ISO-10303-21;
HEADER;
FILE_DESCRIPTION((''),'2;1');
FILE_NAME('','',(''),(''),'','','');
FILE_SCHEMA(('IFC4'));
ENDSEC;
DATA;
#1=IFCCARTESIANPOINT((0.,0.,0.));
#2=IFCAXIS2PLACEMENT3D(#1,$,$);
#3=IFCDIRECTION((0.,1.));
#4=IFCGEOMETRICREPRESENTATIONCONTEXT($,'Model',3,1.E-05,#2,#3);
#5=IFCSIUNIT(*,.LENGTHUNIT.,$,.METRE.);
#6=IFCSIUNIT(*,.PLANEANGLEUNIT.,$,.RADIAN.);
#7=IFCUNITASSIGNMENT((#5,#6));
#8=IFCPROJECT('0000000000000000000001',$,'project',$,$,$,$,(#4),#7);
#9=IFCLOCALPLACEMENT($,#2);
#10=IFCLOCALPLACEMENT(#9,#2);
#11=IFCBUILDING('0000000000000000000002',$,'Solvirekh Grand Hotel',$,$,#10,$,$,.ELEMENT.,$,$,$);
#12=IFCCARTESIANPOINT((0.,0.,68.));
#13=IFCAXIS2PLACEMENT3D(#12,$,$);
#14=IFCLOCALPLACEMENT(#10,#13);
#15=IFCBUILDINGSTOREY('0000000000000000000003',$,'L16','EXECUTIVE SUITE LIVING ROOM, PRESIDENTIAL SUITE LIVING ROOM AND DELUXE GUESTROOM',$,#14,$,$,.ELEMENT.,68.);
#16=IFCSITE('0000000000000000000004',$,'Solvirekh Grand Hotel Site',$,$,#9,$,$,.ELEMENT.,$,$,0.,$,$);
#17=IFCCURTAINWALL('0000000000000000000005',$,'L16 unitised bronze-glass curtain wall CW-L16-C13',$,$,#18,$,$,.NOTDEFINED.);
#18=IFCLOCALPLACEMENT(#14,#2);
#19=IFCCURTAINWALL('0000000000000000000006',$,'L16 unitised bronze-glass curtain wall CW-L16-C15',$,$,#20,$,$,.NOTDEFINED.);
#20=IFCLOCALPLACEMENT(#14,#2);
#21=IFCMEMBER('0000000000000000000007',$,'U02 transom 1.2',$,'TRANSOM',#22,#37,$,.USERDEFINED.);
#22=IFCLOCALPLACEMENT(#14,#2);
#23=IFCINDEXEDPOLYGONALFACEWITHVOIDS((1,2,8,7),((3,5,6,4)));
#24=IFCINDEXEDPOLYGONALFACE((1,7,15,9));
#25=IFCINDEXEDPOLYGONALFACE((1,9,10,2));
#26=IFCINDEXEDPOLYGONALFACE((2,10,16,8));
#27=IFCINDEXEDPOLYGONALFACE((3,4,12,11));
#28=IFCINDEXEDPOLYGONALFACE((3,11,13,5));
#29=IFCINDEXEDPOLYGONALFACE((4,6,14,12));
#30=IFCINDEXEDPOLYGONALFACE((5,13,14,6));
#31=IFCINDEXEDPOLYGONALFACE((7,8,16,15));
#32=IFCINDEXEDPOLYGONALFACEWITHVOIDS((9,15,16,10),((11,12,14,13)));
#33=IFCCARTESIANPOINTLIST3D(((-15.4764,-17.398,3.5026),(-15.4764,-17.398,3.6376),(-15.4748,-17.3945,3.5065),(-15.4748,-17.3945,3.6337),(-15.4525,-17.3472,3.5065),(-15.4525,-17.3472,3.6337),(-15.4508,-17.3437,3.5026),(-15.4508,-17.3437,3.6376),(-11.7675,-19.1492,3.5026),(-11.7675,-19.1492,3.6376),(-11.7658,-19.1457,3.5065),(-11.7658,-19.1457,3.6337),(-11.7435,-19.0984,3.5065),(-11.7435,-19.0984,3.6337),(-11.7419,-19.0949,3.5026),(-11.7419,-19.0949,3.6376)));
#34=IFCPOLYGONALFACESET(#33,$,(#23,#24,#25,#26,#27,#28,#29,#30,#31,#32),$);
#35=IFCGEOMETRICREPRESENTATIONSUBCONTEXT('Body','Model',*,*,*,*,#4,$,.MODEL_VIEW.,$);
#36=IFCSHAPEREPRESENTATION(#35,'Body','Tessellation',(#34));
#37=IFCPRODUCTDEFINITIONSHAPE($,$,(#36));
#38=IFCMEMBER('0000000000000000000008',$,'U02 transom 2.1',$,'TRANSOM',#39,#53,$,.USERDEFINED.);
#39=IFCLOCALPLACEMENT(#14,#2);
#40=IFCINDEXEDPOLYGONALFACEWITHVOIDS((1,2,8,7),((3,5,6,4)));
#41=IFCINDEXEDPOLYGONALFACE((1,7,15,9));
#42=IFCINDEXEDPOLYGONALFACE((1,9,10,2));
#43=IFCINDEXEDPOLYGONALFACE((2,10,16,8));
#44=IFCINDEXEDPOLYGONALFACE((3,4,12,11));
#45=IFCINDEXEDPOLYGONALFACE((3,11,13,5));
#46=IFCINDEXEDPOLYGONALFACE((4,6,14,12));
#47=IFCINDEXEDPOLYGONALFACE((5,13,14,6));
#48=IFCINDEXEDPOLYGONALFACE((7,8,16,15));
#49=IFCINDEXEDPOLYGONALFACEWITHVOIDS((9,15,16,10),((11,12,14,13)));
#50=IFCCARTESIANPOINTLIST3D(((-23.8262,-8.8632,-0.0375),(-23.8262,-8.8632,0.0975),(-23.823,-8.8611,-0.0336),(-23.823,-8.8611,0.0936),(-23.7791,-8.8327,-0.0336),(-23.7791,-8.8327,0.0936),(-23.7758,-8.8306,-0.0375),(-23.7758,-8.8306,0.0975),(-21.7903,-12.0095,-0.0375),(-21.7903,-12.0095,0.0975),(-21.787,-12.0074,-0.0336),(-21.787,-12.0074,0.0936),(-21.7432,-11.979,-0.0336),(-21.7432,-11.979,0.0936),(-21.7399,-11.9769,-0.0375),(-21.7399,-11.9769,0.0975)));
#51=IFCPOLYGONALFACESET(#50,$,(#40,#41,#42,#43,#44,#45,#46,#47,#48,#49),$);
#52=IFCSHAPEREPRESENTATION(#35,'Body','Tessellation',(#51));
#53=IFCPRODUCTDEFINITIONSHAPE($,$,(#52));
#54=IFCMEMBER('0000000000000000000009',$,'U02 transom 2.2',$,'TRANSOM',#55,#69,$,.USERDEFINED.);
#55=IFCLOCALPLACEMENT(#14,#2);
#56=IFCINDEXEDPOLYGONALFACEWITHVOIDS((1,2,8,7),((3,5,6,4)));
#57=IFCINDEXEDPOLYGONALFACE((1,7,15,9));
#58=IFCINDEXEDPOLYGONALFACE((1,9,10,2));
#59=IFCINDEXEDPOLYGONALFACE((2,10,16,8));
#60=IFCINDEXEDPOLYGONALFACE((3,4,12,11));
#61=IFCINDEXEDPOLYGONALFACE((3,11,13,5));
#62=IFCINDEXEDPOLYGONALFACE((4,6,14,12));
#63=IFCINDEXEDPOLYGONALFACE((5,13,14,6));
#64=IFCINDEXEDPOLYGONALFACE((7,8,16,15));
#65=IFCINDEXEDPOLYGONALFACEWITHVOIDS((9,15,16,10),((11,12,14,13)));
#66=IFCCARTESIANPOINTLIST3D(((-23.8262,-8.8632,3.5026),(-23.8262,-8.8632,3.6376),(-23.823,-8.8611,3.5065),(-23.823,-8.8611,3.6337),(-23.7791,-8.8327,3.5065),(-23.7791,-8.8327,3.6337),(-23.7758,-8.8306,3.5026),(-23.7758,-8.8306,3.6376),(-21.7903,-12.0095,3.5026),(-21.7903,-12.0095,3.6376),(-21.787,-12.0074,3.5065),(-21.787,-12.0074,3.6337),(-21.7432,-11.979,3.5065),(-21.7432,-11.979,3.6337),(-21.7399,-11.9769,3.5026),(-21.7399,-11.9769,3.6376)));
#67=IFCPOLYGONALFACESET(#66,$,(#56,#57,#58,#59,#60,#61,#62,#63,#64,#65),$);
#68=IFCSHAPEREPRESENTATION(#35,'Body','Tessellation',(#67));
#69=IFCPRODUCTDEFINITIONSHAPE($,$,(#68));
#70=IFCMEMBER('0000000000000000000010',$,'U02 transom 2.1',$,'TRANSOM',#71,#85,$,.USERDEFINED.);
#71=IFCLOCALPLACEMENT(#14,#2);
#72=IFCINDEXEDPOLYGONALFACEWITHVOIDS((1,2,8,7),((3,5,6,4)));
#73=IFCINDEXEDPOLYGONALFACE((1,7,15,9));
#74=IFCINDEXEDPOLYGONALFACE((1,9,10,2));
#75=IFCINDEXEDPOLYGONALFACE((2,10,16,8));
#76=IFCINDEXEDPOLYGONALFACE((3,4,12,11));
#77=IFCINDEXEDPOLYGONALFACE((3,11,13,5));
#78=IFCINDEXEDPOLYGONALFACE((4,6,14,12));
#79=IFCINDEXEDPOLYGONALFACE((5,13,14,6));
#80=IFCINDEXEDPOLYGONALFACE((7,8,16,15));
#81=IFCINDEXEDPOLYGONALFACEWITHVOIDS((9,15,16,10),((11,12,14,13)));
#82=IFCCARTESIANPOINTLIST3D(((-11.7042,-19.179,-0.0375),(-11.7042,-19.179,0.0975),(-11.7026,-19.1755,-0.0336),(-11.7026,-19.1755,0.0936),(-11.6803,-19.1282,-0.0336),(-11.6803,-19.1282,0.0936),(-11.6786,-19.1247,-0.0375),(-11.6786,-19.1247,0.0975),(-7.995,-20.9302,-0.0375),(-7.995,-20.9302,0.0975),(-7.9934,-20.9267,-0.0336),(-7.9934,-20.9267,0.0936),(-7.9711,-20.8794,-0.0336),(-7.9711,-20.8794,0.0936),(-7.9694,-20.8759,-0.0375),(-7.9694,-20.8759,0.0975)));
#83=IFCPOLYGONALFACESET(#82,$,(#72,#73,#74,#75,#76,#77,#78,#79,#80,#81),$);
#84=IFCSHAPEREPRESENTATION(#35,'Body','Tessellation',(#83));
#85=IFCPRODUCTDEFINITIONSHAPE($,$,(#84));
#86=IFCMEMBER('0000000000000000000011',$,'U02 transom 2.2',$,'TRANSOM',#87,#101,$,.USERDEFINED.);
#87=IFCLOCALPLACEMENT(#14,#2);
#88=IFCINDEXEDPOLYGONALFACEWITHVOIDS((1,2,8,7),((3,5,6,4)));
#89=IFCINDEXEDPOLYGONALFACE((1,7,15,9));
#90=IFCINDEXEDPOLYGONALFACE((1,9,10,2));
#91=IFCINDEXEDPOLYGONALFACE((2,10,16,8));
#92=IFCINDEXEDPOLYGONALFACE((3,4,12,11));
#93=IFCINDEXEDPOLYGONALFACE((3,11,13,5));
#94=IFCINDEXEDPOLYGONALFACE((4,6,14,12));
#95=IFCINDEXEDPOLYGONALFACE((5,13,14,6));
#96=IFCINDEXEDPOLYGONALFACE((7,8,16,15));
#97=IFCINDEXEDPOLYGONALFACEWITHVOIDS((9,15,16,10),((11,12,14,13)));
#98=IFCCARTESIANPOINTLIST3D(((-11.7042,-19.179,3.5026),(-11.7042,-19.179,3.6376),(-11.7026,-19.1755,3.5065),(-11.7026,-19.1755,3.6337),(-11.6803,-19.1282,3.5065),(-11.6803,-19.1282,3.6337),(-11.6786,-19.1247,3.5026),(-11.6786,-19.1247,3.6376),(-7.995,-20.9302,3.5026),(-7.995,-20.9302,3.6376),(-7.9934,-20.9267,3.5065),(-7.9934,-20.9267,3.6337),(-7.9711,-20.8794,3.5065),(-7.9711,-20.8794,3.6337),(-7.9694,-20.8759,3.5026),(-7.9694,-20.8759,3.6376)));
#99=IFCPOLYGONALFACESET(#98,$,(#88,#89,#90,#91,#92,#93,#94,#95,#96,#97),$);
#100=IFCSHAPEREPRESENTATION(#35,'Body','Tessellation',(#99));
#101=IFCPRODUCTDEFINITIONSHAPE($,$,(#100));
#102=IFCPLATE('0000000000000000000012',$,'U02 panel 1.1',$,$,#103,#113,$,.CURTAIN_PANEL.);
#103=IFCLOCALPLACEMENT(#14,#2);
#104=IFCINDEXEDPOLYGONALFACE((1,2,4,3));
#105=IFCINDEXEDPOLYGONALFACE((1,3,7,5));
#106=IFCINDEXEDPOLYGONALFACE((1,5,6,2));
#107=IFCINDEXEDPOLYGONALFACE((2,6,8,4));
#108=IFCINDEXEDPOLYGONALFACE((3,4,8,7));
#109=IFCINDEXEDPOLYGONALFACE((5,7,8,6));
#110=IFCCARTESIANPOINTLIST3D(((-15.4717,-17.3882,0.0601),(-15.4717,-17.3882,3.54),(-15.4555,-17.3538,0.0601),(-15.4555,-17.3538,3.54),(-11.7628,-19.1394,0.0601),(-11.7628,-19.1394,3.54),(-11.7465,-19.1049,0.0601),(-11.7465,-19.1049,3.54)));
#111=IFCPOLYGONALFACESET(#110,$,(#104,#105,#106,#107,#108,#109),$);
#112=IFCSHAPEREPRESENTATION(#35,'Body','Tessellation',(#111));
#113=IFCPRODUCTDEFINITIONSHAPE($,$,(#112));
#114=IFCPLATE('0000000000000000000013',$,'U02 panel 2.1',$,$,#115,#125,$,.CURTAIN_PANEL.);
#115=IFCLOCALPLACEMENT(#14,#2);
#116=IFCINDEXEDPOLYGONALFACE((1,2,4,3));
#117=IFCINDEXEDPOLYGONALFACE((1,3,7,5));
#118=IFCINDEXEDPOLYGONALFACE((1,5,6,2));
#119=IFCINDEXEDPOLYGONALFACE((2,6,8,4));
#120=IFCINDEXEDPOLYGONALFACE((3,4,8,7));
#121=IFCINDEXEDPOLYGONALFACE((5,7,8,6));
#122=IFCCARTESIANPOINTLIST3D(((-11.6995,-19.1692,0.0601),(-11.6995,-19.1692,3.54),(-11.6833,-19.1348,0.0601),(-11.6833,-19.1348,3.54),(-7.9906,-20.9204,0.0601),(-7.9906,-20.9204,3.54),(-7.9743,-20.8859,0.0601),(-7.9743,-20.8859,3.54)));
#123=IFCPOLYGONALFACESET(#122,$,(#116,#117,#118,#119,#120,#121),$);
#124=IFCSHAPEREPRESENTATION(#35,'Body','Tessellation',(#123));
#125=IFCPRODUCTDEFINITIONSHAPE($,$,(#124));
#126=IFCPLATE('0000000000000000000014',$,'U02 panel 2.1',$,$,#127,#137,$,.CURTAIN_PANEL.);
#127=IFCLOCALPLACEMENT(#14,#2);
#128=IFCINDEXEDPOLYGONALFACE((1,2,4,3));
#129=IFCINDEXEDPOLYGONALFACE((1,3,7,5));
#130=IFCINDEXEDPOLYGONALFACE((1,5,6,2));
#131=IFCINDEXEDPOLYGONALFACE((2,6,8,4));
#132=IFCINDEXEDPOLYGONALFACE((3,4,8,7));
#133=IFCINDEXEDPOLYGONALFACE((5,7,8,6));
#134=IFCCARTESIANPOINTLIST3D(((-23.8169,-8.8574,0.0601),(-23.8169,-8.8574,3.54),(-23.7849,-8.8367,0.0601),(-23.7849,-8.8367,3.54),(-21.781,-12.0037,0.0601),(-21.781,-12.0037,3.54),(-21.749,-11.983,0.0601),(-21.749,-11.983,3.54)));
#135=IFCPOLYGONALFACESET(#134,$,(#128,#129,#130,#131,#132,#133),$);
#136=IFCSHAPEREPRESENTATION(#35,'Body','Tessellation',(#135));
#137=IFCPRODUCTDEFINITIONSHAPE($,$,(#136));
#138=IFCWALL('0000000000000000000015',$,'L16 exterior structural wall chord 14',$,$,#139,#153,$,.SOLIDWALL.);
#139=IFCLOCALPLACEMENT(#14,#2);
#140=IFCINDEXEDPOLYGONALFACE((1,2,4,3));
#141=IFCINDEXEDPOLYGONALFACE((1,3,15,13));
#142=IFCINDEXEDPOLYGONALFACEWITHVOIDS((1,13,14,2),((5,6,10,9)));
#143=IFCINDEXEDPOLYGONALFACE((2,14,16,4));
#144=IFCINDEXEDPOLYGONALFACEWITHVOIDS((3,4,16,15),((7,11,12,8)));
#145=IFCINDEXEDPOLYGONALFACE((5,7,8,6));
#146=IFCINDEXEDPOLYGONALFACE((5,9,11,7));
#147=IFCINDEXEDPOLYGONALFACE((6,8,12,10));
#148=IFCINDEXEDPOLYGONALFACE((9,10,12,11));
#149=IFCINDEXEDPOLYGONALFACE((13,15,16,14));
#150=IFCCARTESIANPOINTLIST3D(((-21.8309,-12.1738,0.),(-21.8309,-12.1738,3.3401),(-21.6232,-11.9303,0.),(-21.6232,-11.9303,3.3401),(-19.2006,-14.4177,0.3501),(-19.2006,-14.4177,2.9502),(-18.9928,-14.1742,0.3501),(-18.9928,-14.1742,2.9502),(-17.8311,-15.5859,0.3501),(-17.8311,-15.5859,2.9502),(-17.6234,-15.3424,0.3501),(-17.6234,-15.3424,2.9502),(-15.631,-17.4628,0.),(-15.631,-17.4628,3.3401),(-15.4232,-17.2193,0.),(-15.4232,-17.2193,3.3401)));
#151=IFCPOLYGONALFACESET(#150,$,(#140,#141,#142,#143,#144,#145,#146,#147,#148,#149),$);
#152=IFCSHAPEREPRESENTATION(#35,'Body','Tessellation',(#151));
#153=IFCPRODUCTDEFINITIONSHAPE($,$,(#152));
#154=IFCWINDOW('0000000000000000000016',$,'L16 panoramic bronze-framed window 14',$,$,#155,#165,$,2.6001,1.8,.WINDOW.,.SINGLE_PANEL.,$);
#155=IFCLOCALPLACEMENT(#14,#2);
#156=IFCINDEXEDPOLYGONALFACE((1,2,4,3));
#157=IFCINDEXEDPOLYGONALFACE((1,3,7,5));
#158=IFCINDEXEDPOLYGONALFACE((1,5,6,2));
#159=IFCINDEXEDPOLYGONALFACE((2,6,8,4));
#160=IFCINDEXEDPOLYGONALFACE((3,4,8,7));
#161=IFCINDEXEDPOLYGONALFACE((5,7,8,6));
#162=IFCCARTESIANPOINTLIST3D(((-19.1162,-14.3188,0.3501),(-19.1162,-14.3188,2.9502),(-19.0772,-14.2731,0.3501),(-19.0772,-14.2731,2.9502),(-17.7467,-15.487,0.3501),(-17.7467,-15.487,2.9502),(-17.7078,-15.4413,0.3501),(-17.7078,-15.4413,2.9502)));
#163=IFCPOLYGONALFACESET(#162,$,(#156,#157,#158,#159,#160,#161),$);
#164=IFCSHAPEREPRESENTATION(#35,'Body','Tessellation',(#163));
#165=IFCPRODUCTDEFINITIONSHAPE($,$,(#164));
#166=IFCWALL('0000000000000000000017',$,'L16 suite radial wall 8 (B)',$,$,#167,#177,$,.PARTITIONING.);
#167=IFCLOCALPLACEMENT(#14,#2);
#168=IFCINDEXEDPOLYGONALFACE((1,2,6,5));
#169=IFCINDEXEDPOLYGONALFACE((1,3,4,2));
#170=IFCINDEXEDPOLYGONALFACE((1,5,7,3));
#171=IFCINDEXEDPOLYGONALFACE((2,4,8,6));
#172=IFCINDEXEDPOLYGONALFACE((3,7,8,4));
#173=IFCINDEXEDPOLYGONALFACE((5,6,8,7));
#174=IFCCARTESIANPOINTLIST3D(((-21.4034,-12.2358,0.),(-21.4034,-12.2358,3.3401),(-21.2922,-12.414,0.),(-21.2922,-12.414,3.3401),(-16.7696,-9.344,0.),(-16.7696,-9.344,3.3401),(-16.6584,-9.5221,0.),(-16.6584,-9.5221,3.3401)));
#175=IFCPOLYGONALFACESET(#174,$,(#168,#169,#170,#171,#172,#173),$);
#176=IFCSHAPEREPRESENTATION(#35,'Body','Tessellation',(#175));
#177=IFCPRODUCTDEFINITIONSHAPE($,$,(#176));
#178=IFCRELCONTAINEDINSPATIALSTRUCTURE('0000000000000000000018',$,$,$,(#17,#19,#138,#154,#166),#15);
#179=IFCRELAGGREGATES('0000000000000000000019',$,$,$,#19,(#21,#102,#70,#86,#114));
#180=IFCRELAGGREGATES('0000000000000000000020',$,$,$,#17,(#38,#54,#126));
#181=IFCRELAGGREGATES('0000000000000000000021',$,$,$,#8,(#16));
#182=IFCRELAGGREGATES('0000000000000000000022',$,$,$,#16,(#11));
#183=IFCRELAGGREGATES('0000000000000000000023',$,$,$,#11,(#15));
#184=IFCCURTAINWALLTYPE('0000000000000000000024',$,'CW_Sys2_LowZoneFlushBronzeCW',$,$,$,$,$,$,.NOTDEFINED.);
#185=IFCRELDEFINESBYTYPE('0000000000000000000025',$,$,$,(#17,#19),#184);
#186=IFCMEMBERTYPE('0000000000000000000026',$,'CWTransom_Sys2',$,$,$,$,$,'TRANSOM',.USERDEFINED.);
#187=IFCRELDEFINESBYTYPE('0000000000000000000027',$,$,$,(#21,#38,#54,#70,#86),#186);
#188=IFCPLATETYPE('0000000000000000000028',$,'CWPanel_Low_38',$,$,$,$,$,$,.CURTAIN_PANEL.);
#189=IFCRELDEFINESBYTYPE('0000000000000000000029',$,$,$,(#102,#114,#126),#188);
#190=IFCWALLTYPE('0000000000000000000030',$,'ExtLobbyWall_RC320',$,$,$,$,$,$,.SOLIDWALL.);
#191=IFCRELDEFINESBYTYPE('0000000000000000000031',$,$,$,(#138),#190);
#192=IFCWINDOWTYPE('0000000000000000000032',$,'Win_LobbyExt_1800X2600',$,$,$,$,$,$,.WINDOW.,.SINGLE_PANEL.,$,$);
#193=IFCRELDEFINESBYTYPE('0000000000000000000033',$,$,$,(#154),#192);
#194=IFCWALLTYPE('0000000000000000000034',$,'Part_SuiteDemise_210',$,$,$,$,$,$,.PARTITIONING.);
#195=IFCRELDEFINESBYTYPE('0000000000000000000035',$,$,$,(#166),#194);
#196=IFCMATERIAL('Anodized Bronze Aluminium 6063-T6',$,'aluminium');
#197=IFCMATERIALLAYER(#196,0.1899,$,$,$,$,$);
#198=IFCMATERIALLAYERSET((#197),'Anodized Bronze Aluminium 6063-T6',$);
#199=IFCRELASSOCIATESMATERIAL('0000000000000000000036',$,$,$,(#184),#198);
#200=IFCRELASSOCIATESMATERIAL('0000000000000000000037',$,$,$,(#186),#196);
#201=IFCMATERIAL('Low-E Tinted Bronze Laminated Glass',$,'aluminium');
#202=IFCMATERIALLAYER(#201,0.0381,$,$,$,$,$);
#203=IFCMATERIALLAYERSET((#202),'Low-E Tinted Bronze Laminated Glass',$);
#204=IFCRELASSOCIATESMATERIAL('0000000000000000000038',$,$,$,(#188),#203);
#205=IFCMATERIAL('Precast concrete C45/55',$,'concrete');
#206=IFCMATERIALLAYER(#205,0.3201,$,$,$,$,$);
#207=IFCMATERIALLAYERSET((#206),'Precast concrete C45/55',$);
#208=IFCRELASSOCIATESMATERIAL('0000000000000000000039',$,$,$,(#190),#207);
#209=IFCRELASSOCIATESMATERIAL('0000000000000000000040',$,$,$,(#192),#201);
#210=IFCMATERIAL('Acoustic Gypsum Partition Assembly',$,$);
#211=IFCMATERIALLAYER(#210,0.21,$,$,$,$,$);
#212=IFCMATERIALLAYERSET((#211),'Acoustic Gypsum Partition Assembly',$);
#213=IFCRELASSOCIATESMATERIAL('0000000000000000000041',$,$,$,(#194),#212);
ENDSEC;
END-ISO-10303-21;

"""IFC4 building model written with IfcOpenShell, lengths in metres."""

from ifc_helpers import new_model, si_unit, direction, frame, frame_2d, origin, origin_2d, place, context, subcontext, project, spatial, rectangle, hollow_rectangle, extrude, source, transform, mapped, material, layer, layer_set, material_profile, profile_set, type_object, element, fill, aggregate, save


model = new_model("IFC4")

# Units and contexts
model_context = context("Model", 3, precision=1e-05, world=origin(), true_north=direction((0.0, 1.0)))
body_context = subcontext(model_context, "Body", "Model", "MODEL_VIEW")
ifc_project = project(units=[si_unit("LENGTHUNIT", "METRE"), si_unit("PLANEANGLEUNIT", "RADIAN")], contexts=[model_context])

# Site, building, storey
site_placement = place(None, origin())
site = spatial("IfcSite", under=ifc_project, at=site_placement, Name="Solvirekh Grand Hotel Site", CompositionType="ELEMENT", RefElevation=0.0)
building_placement = place(site_placement, origin())
building = spatial("IfcBuilding", under=site, at=building_placement, Name="Solvirekh Grand Hotel", CompositionType="ELEMENT")
storey_placement = place(building_placement, frame((0.0, 0.0, 68.0)))
storey = spatial("IfcBuildingStorey", under=building, at=storey_placement, Name="L16", Description="EXECUTIVE SUITE LIVING ROOM, PRESIDENTIAL SUITE LIVING ROOM AND DELUXE GUESTROOM", CompositionType="ELEMENT", Elevation=68.0)

# Curtain wall
ifc_material_1 = material(Name="Anodized Bronze Aluminium 6063-T6", Category="aluminium")
ifc_layer_1 = layer(ifc_material_1, 0.1899)
ifc_layer_set_1 = layer_set([ifc_layer_1], Name="Anodized Bronze Aluminium 6063-T6")
curtain_wall_type = type_object("IfcCurtainWallType", Name="CW_Sys2_LowZoneFlushBronzeCW", PredefinedType="NOTDEFINED", material=ifc_layer_set_1)
curtain_wall_1_placement = place(storey_placement, origin())
curtain_wall_1 = element("IfcCurtainWall", 1, at=curtain_wall_1_placement, inside=storey, type_object=curtain_wall_type, Name="L16 unitised bronze-glass curtain wall CW-L16-C13", PredefinedType="NOTDEFINED")

# Curtain wall, member
curtain_wall_2_placement = place(storey_placement, origin())
curtain_wall_2 = element("IfcCurtainWall", 2, at=curtain_wall_2_placement, inside=storey, type_object=curtain_wall_type, Name="L16 unitised bronze-glass curtain wall CW-L16-C15", PredefinedType="NOTDEFINED")
ifc_material_profile_1 = material_profile(ifc_material_1, hollow_rectangle(XDim=0.0601, YDim=0.135, WallThickness=0.0039, at=origin_2d()), Name="ALU RHS 135X60X4")
ifc_profile_set_1 = profile_set([ifc_material_profile_1], Name="Anodized Bronze Aluminium 6063-T6")
member_type_1 = type_object("IfcMemberType", Name="CWTransom_Sys2", ElementType="TRANSOM", PredefinedType="USERDEFINED", material=ifc_profile_set_1)
shared_shape_1 = source(origin(), body_context, "Body", "SweptSolid", [
    extrude(hollow_rectangle(XDim=0.0601, YDim=0.135, WallThickness=0.0039, at=origin_2d()), origin(), (0.0, 0.0, 1.0), 4.1016),
])
member_1_placement = place(storey_placement, frame((-15.4636, -17.3708, 3.5701), z_axis=(0.904272, -0.426958, 0.0), x_axis=(0.426958, 0.904272, 0.0)))
member_1 = element("IfcMember", 3, at=member_1_placement, type_object=member_type_1, Name="U02 transom 1.2", ObjectType="TRANSOM", PredefinedType="USERDEFINED", context=body_context, shape_type="MappedRepresentation", body=[
    mapped(shared_shape_1, transform((0.0, 0.0, 0.0), x_axis=(1.0, 0.0, 0.0), y_axis=(0.0, 1.0, 0.0), z_axis=(0.0, 0.0, 1.0), scale=1.0)),
])

# Members
shared_shape_2 = source(origin(), body_context, "Body", "SweptSolid", [
    extrude(hollow_rectangle(XDim=0.0601, YDim=0.135, WallThickness=0.0039, at=origin_2d()), origin(), (0.0, 0.0, 1.0), 3.7476),
])
member_2_placement = place(storey_placement, frame((-23.801, -8.8469, 0.03), z_axis=(0.543267, -0.83956, 0.0), x_axis=(0.83956, 0.543267, 0.0)))
member_2 = element("IfcMember", 4, at=member_2_placement, type_object=member_type_1, Name="U02 transom 2.1", ObjectType="TRANSOM", PredefinedType="USERDEFINED", context=body_context, shape_type="MappedRepresentation", body=[
    mapped(shared_shape_2, transform((0.0, 0.0, 0.0), x_axis=(1.0, 0.0, 0.0), y_axis=(0.0, 1.0, 0.0), z_axis=(0.0, 0.0, 1.0), scale=1.0)),
])
member_3_placement = place(storey_placement, frame((-23.801, -8.8469, 3.5701), z_axis=(0.543267, -0.83956, 0.0), x_axis=(0.83956, 0.543267, 0.0)))
member_3 = element("IfcMember", 5, at=member_3_placement, type_object=member_type_1, Name="U02 transom 2.2", ObjectType="TRANSOM", PredefinedType="USERDEFINED", context=body_context, shape_type="MappedRepresentation", body=[
    mapped(shared_shape_2, transform((0.0, 0.0, 0.0), x_axis=(1.0, 0.0, 0.0), y_axis=(0.0, 1.0, 0.0), z_axis=(0.0, 0.0, 1.0), scale=1.0)),
])
shared_shape_3 = source(origin(), body_context, "Body", "SweptSolid", [
    extrude(hollow_rectangle(XDim=0.0601, YDim=0.135, WallThickness=0.0039, at=origin_2d()), origin(), (0.0, 0.0, 1.0), 4.1018),
])
member_4_placement = place(storey_placement, frame((-11.6914, -19.1519, 0.03), z_axis=(0.904282, -0.426935, 0.0), x_axis=(0.426935, 0.904282, 0.0)))
member_4 = element("IfcMember", 6, at=member_4_placement, type_object=member_type_1, Name="U02 transom 2.1", ObjectType="TRANSOM", PredefinedType="USERDEFINED", context=body_context, shape_type="MappedRepresentation", body=[
    mapped(shared_shape_3, transform((0.0, 0.0, 0.0), x_axis=(1.0, 0.0, 0.0), y_axis=(0.0, 1.0, 0.0), z_axis=(0.0, 0.0, 1.0), scale=1.0)),
])
member_5_placement = place(storey_placement, frame((-11.6914, -19.1519, 3.5701), z_axis=(0.904282, -0.426935, 0.0), x_axis=(0.426935, 0.904282, 0.0)))
member_5 = element("IfcMember", 7, at=member_5_placement, type_object=member_type_1, Name="U02 transom 2.2", ObjectType="TRANSOM", PredefinedType="USERDEFINED", context=body_context, shape_type="MappedRepresentation", body=[
    mapped(shared_shape_3, transform((0.0, 0.0, 0.0), x_axis=(1.0, 0.0, 0.0), y_axis=(0.0, 1.0, 0.0), z_axis=(0.0, 0.0, 1.0), scale=1.0)),
])

# Plates
ifc_material_2 = material(Name="Low-E Tinted Bronze Laminated Glass", Category="aluminium")
ifc_layer_2 = layer(ifc_material_2, 0.0381)
ifc_layer_set_2 = layer_set([ifc_layer_2], Name="Low-E Tinted Bronze Laminated Glass")
plate_type = type_object("IfcPlateType", Name="CWPanel_Low_38", PredefinedType="CURTAIN_PANEL", material=ifc_layer_set_2)
shared_shape_4 = source(origin(), body_context, "Body", "SweptSolid", [
    extrude(rectangle(XDim=4.1016, YDim=0.0381, at=origin_2d()), origin(), (0.0, 0.0, 1.0), 3.48),
])
plate_1_placement = place(storey_placement, frame((-13.6091, -18.2466, 0.0601), z_axis=(0.0, 0.0, 1.0), x_axis=(0.904279, -0.426942, 0.0)))
plate_1 = element("IfcPlate", 8, at=plate_1_placement, type_object=plate_type, Name="U02 panel 1.1", PredefinedType="CURTAIN_PANEL", context=body_context, shape_type="MappedRepresentation", body=[
    mapped(shared_shape_4, transform((0.0, 0.0, 0.0), x_axis=(1.0, 0.0, 0.0), y_axis=(0.0, 1.0, 0.0), z_axis=(0.0, 0.0, 1.0), scale=1.0)),
])
plate_2_placement = place(storey_placement, frame((-9.8369, -20.0276, 0.0601), z_axis=(0.0, 0.0, 1.0), x_axis=(0.904279, -0.426942, 0.0)))
plate_2 = element("IfcPlate", 9, at=plate_2_placement, type_object=plate_type, Name="U02 panel 2.1", PredefinedType="CURTAIN_PANEL", context=body_context, shape_type="MappedRepresentation", body=[
    mapped(shared_shape_4, transform((0.0, 0.0, 0.0), x_axis=(1.0, 0.0, 0.0), y_axis=(0.0, 1.0, 0.0), z_axis=(0.0, 0.0, 1.0), scale=1.0)),
])
aggregate(curtain_wall_2, [member_1, plate_1, member_4, member_5, plate_2])
shared_shape_5 = source(origin(), body_context, "Body", "SweptSolid", [
    extrude(rectangle(XDim=3.7476, YDim=0.0381, at=origin_2d()), origin(), (0.0, 0.0, 1.0), 3.48),
])
plate_3_placement = place(storey_placement, frame((-22.783, -10.4202, 0.0601), z_axis=(0.0, 0.0, 1.0), x_axis=(0.543267, -0.83956, 0.0)))
plate_3 = element("IfcPlate", 10, at=plate_3_placement, type_object=plate_type, Name="U02 panel 2.1", PredefinedType="CURTAIN_PANEL", context=body_context, shape_type="MappedRepresentation", body=[
    mapped(shared_shape_5, transform((0.0, 0.0, 0.0), x_axis=(1.0, 0.0, 0.0), y_axis=(0.0, 1.0, 0.0), z_axis=(0.0, 0.0, 1.0), scale=1.0)),
])
aggregate(curtain_wall_1, [member_2, member_3, plate_3])

# Wall, opening, window
ifc_material_3 = material(Name="Precast concrete C45/55", Category="concrete")
ifc_layer_3 = layer(ifc_material_3, 0.3201)
ifc_layer_set_3 = layer_set([ifc_layer_3], Name="Precast concrete C45/55")
wall_type_1 = type_object("IfcWallType", Name="ExtLobbyWall_RC320", PredefinedType="SOLIDWALL", material=ifc_layer_set_3)
wall_1_placement = place(storey_placement, frame((-15.5271, -17.3411, 0.0), z_axis=(0.0, 0.0, 1.0), x_axis=(-0.760781, 0.649008, 0.0)))
wall_1 = element("IfcWall", 11, at=wall_1_placement, inside=storey, type_object=wall_type_1, Name="L16 exterior structural wall chord 14", PredefinedType="SOLIDWALL", context=body_context, shape_type="SweptSolid", body=[
    extrude(rectangle(XDim=8.1494, YDim=0.3201, at=frame_2d((4.0747, 0.0))), origin(), (0.0, 0.0, 1.0), 3.3401),
])
opening_placement = place(wall_1_placement, frame((2.8921, 0.0, 0.3501)))
opening = element("IfcOpeningElement", 12, at=opening_placement, cuts=wall_1, PredefinedType="OPENING", context=body_context, shape_type="SweptSolid", body=[
    extrude(rectangle(XDim=1.8, YDim=2.6001, at=frame_2d((0.8999, 1.3))), frame((0.0, 0.1699, 0.0), z_axis=(0.0, -1.0, 0.0), x_axis=(1.0, 0.0, 0.0)), (0.0, 0.0, 1.0), 0.3401),
])
window_type = type_object("IfcWindowType", Name="Win_LobbyExt_1800X2600", PartitioningType="SINGLE_PANEL", PredefinedType="WINDOW", material=ifc_material_2)
window_placement = place(opening_placement, origin())
window = element("IfcWindow", 13, at=window_placement, inside=storey, type_object=window_type, Name="L16 panoramic bronze-framed window 14", OverallHeight=2.6001, OverallWidth=1.8, PartitioningType="SINGLE_PANEL", PredefinedType="WINDOW", context=body_context, shape_type="SweptSolid", body=[
    extrude(rectangle(XDim=1.8, YDim=2.6001, at=frame_2d((0.8999, 1.3))), frame((0.0, 0.03, 0.0), z_axis=(0.0, -1.0, 0.0), x_axis=(1.0, 0.0, 0.0)), (0.0, 0.0, 1.0), 0.0601),
])
fill(opening, window)

# Wall
ifc_material_4 = material(Name="Acoustic Gypsum Partition Assembly")
ifc_layer_4 = layer(ifc_material_4, 0.21)
ifc_layer_set_4 = layer_set([ifc_layer_4], Name="Acoustic Gypsum Partition Assembly")
wall_type_2 = type_object("IfcWallType", Name="Part_SuiteDemise_210", PredefinedType="PARTITIONING", material=ifc_layer_set_4)
wall_2_placement = place(storey_placement, frame((-16.7141, -9.4331, 0.0), z_axis=(0.0, 0.0, 1.0), x_axis=(-0.84835, -0.529436, 0.0)))
element("IfcWall", 14, at=wall_2_placement, inside=storey, type_object=wall_type_2, Name="L16 suite radial wall 8 (B)", PredefinedType="PARTITIONING", context=body_context, shape_type="SweptSolid", body=[
    extrude(rectangle(XDim=5.4622, YDim=0.21, at=frame_2d((2.731, 0.0))), origin(), (0.0, 0.0, 1.0), 3.3401),
])

save(model, "model.ifc")
